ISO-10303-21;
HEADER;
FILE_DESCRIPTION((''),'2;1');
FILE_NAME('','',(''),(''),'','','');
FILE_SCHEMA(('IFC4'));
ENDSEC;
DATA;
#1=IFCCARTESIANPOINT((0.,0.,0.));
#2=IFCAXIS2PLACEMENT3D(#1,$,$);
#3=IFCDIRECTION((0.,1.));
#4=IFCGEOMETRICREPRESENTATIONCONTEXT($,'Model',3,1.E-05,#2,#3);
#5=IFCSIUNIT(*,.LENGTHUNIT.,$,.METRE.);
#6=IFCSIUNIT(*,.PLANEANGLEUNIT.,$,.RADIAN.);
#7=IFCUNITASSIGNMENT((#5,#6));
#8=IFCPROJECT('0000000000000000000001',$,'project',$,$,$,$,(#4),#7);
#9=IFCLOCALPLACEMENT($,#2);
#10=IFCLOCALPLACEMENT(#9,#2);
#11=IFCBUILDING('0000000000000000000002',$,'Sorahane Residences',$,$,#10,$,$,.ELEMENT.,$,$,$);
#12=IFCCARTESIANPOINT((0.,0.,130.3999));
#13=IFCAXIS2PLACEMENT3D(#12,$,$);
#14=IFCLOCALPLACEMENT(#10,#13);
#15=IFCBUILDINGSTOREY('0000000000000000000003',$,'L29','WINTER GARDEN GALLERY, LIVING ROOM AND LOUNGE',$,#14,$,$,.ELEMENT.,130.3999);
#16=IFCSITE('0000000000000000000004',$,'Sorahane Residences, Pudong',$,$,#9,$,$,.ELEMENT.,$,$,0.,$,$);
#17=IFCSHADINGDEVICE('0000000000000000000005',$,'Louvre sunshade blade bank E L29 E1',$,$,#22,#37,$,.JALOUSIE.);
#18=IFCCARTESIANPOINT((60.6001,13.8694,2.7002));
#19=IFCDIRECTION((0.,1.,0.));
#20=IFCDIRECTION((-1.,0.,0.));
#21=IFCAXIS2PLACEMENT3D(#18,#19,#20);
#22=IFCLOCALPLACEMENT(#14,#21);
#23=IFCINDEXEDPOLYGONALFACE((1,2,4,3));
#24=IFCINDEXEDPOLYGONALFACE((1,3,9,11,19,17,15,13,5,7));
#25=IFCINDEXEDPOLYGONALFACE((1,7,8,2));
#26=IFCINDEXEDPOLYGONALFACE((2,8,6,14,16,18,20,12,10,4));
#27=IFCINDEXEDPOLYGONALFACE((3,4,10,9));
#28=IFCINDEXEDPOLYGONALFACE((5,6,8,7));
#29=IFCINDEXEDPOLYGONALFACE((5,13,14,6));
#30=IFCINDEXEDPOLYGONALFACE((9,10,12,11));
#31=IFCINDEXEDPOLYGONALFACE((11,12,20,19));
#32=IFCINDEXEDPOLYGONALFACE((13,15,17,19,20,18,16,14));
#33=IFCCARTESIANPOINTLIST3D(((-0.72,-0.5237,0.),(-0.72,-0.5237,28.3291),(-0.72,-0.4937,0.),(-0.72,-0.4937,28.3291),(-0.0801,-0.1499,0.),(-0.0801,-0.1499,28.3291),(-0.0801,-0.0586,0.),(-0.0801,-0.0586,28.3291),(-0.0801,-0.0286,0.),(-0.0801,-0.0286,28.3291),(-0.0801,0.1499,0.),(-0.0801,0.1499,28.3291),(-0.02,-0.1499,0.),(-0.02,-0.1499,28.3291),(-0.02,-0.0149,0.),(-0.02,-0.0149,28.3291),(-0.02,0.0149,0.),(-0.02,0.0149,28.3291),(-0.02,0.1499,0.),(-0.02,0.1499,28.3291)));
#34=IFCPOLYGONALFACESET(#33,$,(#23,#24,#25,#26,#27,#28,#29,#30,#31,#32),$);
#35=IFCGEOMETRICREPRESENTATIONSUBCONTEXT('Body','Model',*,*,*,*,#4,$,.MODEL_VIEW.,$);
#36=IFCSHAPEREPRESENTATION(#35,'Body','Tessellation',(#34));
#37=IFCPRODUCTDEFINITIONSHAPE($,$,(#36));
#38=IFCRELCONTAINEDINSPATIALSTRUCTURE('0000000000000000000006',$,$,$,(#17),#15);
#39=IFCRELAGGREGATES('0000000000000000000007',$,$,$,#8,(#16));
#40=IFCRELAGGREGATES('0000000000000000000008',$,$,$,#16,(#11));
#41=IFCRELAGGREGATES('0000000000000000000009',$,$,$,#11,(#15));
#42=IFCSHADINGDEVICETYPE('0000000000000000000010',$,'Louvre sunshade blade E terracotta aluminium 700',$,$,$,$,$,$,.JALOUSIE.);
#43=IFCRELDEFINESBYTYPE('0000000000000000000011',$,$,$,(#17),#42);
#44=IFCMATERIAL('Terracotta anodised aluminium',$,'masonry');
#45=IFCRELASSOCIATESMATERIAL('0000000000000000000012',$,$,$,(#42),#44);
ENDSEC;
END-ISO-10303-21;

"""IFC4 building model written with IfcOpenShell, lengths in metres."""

from ifc_helpers import new_model, si_unit, direction, frame, origin, place, context, subcontext, project, spatial, polyline, outline, extrude, material, type_object, element, save


model = new_model("IFC4")

# Units and contexts
model_context = context("Model", 3, precision=1e-05, world=origin(), true_north=direction((0.0, 1.0)))
body_context = subcontext(model_context, "Body", "Model", "MODEL_VIEW")
ifc_project = project(units=[si_unit("LENGTHUNIT", "METRE"), si_unit("PLANEANGLEUNIT", "RADIAN")], contexts=[model_context])

# Site, building, storey
site_placement = place(None, origin())
site = spatial("IfcSite", under=ifc_project, at=site_placement, Name="Sorahane Residences, Pudong", CompositionType="ELEMENT", RefElevation=0.0)
building_placement = place(site_placement, origin())
building = spatial("IfcBuilding", under=site, at=building_placement, Name="Sorahane Residences", CompositionType="ELEMENT")
storey_placement = place(building_placement, frame((0.0, 0.0, 130.3999)))
storey = spatial("IfcBuildingStorey", under=building, at=storey_placement, Name="L29", Description="WINTER GARDEN GALLERY, LIVING ROOM AND LOUNGE", CompositionType="ELEMENT", Elevation=130.3999)

# Shading device
ifc_material_1 = material(Name="Terracotta anodised aluminium", Category="masonry")
shading_device_type = type_object("IfcShadingDeviceType", Name="Louvre sunshade blade E terracotta aluminium 700", PredefinedType="JALOUSIE", material=ifc_material_1)
shading_device_placement = place(storey_placement, frame((60.6001, 13.8694, 2.7002), z_axis=(0.0, 1.0, 0.0), x_axis=(-1.0, 0.0, 0.0)))
element("IfcShadingDevice", 1, at=shading_device_placement, inside=storey, type_object=shading_device_type, Name="Louvre sunshade blade bank E L29 E1", PredefinedType="JALOUSIE", context=body_context, shape_type="SweptSolid", body=[
    extrude(outline(polyline([(-0.72, -0.4937), (-0.72, -0.5237), (-0.0801, -0.0586), (-0.0801, -0.1499), (-0.02, -0.1499), (-0.02, -0.0149), (-0.02, 0.0149), (-0.02, 0.1499), (-0.0801, 0.1499), (-0.0801, -0.0286), (-0.72, -0.4937)])), origin(), (0.0, 0.0, 1.0), 28.3291),
])

save(model, "model.ifc")
